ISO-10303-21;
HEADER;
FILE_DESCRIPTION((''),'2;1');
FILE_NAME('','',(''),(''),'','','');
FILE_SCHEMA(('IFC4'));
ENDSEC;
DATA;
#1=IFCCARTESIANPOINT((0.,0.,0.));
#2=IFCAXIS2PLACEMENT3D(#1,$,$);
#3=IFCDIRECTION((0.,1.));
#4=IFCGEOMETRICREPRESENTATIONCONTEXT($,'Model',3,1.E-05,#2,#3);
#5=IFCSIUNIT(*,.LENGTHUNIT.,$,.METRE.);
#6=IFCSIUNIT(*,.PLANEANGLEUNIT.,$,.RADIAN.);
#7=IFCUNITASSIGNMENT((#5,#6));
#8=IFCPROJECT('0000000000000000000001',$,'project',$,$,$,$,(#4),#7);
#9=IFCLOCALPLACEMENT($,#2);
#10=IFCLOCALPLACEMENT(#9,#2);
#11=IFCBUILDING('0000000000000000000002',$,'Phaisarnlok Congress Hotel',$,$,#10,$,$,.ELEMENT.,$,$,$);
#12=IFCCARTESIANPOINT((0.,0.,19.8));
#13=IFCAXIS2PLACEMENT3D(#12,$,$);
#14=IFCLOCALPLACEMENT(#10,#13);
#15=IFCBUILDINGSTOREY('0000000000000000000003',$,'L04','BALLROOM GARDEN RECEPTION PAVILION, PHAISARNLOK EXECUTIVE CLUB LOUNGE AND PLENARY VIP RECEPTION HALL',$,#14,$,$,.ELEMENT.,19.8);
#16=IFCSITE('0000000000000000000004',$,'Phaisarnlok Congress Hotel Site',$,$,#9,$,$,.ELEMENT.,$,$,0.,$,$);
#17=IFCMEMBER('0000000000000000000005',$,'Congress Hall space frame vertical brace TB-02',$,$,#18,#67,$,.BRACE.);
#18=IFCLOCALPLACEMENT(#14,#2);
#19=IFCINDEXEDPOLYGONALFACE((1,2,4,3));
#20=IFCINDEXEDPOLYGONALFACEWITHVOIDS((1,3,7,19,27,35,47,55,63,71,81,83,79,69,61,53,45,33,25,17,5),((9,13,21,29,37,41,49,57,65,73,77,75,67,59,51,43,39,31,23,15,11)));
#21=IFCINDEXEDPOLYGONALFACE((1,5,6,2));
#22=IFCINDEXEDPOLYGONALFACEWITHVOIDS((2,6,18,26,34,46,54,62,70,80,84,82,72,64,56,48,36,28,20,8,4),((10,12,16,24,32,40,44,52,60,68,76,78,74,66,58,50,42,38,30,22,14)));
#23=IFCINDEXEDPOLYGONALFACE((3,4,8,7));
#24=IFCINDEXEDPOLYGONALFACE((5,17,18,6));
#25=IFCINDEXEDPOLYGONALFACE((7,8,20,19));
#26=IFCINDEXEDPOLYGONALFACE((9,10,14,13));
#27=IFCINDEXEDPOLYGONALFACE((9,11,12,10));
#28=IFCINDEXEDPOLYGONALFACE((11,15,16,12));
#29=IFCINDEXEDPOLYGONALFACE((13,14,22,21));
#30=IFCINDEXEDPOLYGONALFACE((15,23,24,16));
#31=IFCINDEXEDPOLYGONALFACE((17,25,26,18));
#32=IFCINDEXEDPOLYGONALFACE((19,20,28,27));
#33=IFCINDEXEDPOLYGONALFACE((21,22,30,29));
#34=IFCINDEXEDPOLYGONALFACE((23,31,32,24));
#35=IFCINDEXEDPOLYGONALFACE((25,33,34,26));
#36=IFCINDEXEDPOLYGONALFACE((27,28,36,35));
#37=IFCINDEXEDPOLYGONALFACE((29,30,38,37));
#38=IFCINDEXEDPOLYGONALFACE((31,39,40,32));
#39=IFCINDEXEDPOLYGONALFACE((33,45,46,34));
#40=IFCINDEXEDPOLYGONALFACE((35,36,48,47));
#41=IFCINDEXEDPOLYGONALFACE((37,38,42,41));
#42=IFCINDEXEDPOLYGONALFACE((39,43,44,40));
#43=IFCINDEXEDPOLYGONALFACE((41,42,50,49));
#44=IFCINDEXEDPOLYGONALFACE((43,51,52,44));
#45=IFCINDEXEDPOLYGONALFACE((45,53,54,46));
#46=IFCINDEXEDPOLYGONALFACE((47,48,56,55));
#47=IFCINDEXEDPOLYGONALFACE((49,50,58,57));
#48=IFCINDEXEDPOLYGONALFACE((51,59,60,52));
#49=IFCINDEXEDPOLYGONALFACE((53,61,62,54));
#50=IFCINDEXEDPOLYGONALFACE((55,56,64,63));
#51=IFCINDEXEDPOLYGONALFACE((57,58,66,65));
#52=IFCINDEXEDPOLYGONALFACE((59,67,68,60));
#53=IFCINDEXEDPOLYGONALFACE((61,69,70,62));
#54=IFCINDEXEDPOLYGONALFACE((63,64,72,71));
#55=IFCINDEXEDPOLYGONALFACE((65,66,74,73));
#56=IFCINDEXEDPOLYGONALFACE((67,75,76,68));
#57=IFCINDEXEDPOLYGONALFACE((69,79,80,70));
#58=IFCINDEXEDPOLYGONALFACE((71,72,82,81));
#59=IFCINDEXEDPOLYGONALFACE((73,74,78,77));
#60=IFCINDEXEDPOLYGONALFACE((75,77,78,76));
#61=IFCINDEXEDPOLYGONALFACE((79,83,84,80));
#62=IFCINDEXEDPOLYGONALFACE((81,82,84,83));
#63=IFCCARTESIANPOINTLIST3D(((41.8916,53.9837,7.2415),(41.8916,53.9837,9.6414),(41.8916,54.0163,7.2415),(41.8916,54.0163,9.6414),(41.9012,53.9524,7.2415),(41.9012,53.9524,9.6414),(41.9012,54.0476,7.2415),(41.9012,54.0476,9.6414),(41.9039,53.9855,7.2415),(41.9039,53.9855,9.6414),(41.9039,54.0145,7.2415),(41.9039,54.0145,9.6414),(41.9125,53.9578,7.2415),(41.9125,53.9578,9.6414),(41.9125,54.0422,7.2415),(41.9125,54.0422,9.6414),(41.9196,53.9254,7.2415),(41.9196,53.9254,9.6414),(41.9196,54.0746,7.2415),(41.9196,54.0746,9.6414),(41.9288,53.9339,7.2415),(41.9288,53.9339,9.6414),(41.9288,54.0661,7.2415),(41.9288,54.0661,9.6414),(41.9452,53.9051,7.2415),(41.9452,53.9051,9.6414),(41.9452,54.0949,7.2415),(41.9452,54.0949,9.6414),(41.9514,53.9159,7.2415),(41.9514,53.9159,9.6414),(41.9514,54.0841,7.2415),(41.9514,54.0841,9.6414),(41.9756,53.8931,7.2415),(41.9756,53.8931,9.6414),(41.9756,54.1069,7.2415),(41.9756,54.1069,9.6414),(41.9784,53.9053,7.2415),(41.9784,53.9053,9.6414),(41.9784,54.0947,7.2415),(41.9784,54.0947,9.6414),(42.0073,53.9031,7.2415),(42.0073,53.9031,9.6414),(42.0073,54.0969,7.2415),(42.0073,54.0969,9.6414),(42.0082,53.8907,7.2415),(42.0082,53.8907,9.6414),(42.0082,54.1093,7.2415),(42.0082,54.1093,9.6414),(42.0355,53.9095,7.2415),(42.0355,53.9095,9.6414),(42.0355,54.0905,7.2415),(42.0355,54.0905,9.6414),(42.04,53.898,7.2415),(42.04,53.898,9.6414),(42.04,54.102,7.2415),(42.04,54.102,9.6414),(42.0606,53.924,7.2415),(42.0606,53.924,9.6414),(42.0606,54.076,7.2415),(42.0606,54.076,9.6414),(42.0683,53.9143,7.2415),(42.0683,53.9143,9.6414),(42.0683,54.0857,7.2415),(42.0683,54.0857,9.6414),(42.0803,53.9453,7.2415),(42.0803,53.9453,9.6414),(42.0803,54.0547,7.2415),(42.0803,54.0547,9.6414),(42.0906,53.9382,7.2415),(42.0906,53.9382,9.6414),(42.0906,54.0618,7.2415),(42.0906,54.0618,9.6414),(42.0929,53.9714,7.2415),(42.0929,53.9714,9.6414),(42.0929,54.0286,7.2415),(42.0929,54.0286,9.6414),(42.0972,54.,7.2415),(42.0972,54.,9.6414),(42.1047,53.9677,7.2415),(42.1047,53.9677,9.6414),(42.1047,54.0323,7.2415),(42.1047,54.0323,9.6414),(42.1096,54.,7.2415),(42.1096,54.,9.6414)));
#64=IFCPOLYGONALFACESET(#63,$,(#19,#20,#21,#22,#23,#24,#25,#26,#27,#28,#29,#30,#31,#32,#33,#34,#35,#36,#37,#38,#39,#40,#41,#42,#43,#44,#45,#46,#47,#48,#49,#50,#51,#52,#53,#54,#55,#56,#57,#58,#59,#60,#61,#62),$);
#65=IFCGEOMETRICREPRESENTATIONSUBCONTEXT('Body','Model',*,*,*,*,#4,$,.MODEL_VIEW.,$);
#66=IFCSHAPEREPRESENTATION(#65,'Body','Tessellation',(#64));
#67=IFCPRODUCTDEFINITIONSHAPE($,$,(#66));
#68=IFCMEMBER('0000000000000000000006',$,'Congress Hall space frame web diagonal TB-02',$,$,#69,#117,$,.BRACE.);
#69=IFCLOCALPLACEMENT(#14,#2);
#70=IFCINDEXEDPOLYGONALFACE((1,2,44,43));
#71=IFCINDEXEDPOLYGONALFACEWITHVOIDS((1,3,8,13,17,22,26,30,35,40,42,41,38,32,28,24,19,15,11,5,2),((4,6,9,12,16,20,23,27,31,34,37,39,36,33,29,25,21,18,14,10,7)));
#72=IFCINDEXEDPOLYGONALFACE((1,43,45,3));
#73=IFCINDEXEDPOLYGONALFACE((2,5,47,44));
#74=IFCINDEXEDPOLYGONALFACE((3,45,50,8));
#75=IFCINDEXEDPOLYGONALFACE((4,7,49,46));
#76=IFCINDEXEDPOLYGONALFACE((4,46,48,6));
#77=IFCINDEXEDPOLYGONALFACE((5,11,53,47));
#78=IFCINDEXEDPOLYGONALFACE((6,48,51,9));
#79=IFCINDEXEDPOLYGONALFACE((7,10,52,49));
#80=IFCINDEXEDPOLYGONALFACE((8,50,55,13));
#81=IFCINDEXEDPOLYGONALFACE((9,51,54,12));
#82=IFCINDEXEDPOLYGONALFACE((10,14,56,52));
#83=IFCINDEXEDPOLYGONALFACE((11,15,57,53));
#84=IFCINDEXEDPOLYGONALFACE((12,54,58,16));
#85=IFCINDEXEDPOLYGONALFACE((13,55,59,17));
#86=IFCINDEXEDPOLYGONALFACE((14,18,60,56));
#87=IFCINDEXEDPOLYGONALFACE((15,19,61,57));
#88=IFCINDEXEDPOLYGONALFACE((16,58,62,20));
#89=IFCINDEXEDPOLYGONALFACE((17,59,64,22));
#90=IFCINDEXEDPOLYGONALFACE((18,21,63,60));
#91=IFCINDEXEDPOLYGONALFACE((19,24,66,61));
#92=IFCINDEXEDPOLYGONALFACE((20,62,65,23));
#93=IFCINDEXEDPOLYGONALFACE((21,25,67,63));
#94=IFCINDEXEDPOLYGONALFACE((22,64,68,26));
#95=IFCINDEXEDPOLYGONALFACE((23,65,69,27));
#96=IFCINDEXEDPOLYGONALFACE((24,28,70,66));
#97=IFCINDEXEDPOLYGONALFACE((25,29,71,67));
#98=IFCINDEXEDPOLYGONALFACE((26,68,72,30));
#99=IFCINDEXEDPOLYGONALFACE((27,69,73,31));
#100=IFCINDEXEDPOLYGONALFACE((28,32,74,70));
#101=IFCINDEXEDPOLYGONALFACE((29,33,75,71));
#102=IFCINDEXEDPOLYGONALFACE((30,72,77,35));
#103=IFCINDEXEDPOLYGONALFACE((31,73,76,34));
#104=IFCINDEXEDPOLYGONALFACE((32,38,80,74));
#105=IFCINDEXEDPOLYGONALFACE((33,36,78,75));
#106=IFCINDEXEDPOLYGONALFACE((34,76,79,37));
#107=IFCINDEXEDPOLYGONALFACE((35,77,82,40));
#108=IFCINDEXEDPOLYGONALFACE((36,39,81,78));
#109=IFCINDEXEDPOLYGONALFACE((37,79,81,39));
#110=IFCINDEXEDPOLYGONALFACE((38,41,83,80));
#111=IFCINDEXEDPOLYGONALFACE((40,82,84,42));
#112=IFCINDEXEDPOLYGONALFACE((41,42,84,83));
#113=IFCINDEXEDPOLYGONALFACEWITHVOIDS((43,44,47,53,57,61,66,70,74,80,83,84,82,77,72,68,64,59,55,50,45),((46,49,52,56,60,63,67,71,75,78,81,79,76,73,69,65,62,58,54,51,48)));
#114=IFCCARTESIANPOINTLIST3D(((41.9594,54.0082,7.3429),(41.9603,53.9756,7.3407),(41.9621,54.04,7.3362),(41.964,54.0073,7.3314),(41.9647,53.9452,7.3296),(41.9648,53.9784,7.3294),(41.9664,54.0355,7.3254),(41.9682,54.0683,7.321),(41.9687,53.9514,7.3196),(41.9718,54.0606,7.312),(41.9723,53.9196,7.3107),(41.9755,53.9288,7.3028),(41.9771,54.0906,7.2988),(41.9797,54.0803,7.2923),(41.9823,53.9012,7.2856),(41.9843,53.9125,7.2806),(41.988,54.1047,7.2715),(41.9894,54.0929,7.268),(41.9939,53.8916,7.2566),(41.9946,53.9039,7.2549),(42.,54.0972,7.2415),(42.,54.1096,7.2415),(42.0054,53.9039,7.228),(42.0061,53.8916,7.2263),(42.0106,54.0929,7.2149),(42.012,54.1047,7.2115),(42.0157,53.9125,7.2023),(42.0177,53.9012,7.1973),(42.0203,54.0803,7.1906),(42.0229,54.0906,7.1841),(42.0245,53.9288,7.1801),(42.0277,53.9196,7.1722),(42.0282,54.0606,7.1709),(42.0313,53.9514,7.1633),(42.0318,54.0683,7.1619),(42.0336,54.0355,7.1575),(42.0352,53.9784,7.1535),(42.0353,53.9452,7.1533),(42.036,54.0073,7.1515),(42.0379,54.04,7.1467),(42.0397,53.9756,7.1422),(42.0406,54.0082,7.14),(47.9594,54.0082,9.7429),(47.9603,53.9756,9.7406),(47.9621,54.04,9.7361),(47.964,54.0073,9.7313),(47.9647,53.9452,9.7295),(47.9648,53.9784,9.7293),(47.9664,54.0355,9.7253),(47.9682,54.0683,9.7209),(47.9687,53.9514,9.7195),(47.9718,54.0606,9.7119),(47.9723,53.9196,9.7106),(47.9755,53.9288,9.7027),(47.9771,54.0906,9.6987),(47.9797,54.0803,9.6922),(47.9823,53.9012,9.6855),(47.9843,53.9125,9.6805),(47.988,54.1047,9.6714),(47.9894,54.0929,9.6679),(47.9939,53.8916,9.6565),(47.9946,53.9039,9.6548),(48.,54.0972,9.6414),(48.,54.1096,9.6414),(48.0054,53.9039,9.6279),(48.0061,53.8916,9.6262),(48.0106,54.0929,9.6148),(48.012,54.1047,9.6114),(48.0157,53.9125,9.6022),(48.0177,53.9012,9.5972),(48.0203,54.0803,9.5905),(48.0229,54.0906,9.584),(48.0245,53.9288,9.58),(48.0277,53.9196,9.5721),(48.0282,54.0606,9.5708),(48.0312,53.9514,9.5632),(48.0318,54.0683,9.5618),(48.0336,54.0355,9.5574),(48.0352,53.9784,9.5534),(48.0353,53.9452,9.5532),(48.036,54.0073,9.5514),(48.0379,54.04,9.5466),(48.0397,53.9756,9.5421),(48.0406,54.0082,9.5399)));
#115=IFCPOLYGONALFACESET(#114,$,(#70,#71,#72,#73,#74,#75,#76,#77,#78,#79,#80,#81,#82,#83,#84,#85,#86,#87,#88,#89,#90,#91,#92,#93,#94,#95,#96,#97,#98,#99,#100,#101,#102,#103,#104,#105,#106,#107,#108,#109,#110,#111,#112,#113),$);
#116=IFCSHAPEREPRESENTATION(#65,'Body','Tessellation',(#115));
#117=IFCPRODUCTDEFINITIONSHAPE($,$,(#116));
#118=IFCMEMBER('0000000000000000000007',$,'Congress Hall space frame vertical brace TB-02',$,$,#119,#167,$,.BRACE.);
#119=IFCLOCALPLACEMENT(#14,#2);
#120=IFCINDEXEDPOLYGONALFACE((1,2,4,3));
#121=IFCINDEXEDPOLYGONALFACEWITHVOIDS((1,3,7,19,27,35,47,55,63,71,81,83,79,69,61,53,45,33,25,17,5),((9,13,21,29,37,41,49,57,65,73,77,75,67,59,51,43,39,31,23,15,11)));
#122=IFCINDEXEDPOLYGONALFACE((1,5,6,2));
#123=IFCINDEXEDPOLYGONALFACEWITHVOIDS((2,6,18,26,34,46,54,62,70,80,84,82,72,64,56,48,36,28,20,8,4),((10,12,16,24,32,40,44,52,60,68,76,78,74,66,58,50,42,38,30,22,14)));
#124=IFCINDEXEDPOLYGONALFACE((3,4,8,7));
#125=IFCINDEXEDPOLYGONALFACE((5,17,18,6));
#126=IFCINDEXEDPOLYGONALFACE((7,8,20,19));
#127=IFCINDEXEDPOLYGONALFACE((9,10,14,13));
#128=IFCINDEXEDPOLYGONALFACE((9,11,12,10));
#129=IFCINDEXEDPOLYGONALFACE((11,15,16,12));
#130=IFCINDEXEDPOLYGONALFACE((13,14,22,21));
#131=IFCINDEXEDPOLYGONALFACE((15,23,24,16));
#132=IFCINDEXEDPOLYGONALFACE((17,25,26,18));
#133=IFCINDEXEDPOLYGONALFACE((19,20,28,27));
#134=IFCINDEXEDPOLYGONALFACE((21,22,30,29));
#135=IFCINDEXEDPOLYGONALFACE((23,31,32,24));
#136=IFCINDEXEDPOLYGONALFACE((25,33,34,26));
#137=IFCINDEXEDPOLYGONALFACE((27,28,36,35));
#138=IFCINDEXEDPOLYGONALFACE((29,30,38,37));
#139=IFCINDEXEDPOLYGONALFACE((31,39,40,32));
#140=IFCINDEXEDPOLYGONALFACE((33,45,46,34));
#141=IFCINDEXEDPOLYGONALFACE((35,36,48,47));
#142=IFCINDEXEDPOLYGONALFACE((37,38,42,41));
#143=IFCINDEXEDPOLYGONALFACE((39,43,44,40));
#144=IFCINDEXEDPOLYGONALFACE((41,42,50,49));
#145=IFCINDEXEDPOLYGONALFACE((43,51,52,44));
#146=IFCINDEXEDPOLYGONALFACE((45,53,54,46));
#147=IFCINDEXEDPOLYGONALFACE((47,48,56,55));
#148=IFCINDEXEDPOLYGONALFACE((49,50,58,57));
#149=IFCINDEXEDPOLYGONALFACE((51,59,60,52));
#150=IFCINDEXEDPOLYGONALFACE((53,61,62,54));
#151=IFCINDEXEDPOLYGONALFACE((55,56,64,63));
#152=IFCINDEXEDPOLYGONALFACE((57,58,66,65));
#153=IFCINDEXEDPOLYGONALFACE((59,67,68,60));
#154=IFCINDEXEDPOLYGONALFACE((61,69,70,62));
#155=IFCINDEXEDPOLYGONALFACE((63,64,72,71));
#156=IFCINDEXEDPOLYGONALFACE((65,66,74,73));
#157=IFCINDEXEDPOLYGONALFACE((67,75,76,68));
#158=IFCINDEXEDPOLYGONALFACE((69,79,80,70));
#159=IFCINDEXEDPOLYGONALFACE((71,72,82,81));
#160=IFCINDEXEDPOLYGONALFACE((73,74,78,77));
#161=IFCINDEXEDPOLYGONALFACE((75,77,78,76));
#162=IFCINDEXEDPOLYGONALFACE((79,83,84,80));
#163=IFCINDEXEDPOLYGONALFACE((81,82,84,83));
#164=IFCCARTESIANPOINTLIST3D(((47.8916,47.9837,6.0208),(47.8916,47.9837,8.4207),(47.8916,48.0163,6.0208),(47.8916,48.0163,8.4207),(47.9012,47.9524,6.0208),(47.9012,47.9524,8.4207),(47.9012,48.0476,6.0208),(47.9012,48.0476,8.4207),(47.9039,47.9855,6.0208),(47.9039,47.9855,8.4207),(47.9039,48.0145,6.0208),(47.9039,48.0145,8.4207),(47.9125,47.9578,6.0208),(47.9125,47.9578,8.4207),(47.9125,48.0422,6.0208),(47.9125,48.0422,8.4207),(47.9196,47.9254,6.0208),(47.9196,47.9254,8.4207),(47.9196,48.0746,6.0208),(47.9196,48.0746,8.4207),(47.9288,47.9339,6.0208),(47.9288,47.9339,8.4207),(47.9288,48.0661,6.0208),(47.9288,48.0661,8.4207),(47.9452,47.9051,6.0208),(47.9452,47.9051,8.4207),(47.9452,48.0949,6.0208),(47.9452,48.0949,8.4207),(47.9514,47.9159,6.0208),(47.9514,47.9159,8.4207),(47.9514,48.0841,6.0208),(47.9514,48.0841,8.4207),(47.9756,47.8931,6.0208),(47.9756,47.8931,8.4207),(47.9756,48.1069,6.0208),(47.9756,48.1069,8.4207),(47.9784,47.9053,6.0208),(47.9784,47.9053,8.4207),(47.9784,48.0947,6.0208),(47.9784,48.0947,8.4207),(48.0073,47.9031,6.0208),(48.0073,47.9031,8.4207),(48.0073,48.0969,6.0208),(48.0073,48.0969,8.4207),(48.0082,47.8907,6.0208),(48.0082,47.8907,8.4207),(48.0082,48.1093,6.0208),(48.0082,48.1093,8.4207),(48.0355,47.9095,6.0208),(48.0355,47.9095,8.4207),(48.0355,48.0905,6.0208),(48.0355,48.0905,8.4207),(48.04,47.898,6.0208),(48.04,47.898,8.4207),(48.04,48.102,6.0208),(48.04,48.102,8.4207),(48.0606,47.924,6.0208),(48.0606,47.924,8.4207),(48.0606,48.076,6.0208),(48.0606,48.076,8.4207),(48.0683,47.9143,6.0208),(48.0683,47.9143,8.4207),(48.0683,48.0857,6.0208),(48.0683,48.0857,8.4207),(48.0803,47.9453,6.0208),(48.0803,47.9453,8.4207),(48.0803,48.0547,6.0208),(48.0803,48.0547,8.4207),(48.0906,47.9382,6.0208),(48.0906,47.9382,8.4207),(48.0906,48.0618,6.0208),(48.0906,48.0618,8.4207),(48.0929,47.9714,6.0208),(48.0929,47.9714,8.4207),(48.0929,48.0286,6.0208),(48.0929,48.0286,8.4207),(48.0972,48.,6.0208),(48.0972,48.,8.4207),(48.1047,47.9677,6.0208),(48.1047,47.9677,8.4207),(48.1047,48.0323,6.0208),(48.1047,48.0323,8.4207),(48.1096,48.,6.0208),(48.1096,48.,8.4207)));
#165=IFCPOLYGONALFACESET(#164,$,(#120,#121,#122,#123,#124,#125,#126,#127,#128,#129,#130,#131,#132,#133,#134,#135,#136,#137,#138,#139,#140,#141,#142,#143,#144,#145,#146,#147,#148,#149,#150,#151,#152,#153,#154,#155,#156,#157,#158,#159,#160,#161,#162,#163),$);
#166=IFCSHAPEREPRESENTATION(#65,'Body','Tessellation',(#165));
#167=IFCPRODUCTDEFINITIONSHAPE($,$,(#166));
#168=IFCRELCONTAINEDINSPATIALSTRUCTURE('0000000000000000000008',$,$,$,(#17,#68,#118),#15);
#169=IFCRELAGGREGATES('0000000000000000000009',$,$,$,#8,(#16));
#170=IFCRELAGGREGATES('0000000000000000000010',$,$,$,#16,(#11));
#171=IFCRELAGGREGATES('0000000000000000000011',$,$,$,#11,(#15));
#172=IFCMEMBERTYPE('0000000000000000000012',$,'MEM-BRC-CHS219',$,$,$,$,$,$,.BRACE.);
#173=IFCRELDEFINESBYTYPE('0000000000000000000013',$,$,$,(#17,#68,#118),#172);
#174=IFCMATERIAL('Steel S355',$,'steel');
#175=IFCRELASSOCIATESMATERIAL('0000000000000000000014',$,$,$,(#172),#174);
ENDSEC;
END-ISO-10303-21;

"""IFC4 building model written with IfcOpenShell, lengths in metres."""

from ifc_helpers import new_model, si_unit, direction, frame, origin, origin_2d, place, context, subcontext, project, spatial, hollow_circle, extrude, material, material_profile, profile_set, type_object, element, save


model = new_model("IFC4")

# Units and contexts
model_context = context("Model", 3, precision=1e-05, world=origin(), true_north=direction((0.0, 1.0)))
body_context = subcontext(model_context, "Body", "Model", "MODEL_VIEW")
ifc_project = project(units=[si_unit("LENGTHUNIT", "METRE"), si_unit("PLANEANGLEUNIT", "RADIAN")], contexts=[model_context])

# Site, building, storey
site_placement = place(None, origin())
site = spatial("IfcSite", under=ifc_project, at=site_placement, Name="Phaisarnlok Congress Hotel Site", CompositionType="ELEMENT", RefElevation=0.0)
building_placement = place(site_placement, origin())
building = spatial("IfcBuilding", under=site, at=building_placement, Name="Phaisarnlok Congress Hotel", CompositionType="ELEMENT")
storey_placement = place(building_placement, frame((0.0, 0.0, 19.8)))
storey = spatial("IfcBuildingStorey", under=building, at=storey_placement, Name="L04", Description="BALLROOM GARDEN RECEPTION PAVILION, PHAISARNLOK EXECUTIVE CLUB LOUNGE AND PLENARY VIP RECEPTION HALL", CompositionType="ELEMENT", Elevation=19.8)

# Members
ifc_material = material(Name="Steel S355", Category="steel")
ifc_material_profile_1 = material_profile(ifc_material, hollow_circle(Radius=0.1096, WallThickness=0.0125, at=origin_2d()), Name="CHS 219.1x12.5")
ifc_profile_set_1 = profile_set([ifc_material_profile_1], Name="Steel S355")
member_type_1 = type_object("IfcMemberType", Name="MEM-BRC-CHS219", PredefinedType="BRACE", material=ifc_profile_set_1)
member_1_placement = place(storey_placement, frame((42.0, 54.0, 7.2415), z_axis=(0.0, 0.0, 1.0), x_axis=(1.0, 0.0, 0.0)))
element("IfcMember", 1, at=member_1_placement, inside=storey, type_object=member_type_1, Name="Congress Hall space frame vertical brace TB-02", PredefinedType="BRACE", context=body_context, shape_type="SweptSolid", body=[
    extrude(hollow_circle(Radius=0.1096, WallThickness=0.0125, at=origin_2d()), origin(), (0.0, 0.0, 1.0), 2.3999),
])
member_2_placement = place(storey_placement, frame((42.0, 54.0, 7.2415), z_axis=(0.928482, 0.0, 0.371378), x_axis=(0.0, 1.0, 0.0)))
element("IfcMember", 2, at=member_2_placement, inside=storey, type_object=member_type_1, Name="Congress Hall space frame web diagonal TB-02", PredefinedType="BRACE", context=body_context, shape_type="SweptSolid", body=[
    extrude(hollow_circle(Radius=0.1096, WallThickness=0.0125, at=origin_2d()), origin(), (0.0, 0.0, 1.0), 6.4622),
])
member_3_placement = place(storey_placement, frame((48.0, 48.0, 6.0208), z_axis=(0.0, 0.0, 1.0), x_axis=(1.0, 0.0, 0.0)))
element("IfcMember", 3, at=member_3_placement, inside=storey, type_object=member_type_1, Name="Congress Hall space frame vertical brace TB-02", PredefinedType="BRACE", context=body_context, shape_type="SweptSolid", body=[
    extrude(hollow_circle(Radius=0.1096, WallThickness=0.0125, at=origin_2d()), origin(), (0.0, 0.0, 1.0), 2.3999),
])

save(model, "model.ifc")
